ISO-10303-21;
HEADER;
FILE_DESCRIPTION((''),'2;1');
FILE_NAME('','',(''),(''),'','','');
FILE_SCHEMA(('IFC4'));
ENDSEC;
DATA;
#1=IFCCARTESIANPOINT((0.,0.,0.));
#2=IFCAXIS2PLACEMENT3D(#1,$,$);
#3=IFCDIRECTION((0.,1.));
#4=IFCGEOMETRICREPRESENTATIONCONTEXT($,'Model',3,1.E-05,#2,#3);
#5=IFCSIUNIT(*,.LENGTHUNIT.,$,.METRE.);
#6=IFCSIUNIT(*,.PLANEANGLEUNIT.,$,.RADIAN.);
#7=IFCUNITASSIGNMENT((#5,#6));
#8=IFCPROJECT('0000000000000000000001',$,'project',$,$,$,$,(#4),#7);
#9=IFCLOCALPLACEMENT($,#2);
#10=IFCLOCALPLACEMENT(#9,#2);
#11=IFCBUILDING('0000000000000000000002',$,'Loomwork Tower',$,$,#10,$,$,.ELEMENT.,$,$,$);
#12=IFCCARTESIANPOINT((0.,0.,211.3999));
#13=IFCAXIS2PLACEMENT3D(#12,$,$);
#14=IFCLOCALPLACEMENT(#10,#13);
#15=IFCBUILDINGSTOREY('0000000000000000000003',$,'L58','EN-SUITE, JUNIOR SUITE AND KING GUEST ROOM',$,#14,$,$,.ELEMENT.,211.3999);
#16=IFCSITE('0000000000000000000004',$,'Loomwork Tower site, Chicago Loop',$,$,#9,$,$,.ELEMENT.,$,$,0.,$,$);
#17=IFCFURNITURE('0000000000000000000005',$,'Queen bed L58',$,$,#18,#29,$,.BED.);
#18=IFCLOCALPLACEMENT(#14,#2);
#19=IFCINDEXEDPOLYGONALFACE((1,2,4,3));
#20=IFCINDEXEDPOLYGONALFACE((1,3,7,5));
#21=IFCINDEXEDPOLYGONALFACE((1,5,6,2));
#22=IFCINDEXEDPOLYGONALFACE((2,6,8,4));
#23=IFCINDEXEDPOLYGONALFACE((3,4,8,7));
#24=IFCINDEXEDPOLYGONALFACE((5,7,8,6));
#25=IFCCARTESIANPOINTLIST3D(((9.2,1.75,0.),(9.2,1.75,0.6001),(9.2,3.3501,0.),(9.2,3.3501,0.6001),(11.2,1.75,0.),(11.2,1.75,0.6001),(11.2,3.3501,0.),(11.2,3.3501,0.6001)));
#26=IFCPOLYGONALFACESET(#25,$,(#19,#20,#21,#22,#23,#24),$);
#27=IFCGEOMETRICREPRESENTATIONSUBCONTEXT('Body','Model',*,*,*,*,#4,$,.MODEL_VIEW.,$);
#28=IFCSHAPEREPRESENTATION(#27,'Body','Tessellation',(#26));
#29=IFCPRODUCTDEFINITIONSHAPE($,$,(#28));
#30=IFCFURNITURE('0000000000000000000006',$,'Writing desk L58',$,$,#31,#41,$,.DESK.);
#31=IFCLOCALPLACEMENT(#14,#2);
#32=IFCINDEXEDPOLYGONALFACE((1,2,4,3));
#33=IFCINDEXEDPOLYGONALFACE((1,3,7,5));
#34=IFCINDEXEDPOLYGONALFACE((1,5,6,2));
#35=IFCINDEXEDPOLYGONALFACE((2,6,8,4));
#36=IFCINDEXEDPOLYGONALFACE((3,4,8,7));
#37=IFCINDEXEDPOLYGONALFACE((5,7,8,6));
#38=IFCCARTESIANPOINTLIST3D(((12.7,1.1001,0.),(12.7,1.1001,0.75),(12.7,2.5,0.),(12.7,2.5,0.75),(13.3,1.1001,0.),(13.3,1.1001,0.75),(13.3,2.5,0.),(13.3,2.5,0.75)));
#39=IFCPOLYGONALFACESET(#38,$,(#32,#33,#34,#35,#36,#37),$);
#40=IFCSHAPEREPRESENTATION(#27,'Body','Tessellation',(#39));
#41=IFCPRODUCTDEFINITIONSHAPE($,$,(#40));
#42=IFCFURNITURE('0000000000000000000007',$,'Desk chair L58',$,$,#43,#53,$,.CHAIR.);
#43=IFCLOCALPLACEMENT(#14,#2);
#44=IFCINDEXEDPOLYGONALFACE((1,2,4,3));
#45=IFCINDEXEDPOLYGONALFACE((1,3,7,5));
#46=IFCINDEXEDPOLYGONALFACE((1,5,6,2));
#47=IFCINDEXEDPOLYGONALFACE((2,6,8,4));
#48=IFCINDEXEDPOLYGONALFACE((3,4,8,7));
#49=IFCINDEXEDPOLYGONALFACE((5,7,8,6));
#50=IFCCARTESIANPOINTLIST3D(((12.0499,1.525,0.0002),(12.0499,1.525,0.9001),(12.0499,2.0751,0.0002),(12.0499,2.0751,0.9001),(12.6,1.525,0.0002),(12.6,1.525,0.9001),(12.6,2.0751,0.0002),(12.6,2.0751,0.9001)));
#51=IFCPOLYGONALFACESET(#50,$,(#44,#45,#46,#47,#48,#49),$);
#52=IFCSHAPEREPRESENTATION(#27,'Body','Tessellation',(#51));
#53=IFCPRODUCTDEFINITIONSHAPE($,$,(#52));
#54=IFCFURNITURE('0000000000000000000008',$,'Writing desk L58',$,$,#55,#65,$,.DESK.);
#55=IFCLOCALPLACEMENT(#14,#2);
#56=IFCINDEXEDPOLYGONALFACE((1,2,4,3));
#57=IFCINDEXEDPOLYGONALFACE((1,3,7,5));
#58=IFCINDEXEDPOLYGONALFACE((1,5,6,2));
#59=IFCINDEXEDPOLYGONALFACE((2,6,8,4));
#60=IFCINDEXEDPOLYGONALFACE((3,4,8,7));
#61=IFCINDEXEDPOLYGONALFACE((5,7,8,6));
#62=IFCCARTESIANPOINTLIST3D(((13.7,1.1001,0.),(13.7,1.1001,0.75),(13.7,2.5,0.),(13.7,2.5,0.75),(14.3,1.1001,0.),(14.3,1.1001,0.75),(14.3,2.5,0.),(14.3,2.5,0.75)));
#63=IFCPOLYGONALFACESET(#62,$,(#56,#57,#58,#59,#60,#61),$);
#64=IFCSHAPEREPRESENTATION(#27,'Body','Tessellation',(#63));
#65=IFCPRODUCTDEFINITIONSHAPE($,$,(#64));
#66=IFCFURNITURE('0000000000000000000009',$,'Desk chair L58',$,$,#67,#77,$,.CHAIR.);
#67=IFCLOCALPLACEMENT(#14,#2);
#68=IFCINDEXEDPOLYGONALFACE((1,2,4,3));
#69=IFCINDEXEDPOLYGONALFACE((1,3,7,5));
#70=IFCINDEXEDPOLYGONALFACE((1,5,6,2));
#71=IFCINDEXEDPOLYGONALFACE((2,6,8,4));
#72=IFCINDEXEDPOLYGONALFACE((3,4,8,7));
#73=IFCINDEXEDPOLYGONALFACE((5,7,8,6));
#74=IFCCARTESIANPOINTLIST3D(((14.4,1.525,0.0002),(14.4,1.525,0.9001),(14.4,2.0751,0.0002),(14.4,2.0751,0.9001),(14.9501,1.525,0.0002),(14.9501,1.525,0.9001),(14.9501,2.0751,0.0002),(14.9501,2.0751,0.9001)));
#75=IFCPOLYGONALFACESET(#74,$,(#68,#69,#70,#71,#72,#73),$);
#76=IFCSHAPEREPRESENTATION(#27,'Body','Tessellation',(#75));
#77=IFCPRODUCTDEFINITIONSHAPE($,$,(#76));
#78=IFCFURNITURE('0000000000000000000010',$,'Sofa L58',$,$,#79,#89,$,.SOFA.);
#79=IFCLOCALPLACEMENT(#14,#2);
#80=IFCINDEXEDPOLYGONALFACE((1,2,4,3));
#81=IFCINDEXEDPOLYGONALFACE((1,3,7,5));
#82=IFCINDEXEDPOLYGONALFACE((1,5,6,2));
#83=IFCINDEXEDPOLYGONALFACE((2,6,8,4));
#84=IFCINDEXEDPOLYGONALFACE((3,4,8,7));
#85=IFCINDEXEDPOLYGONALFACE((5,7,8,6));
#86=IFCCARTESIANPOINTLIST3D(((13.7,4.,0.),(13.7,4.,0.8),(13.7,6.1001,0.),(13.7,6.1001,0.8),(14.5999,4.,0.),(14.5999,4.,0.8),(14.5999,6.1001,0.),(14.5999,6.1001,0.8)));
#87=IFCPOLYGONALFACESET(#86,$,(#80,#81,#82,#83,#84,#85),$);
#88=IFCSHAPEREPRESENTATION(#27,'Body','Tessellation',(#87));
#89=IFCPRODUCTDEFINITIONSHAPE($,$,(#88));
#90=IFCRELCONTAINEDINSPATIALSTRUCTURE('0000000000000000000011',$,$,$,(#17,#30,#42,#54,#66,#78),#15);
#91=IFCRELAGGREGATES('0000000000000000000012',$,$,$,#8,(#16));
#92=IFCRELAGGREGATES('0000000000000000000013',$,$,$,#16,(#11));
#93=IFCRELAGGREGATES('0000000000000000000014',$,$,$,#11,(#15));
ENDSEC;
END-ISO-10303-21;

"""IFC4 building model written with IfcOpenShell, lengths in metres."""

from ifc_helpers import new_model, si_unit, direction, frame, origin, origin_2d, place, context, subcontext, project, spatial, rectangle, extrude, element, save


model = new_model("IFC4")

# Units and contexts
model_context = context("Model", 3, precision=1e-05, world=origin(), true_north=direction((0.0, 1.0)))
body_context = subcontext(model_context, "Body", "Model", "MODEL_VIEW")
ifc_project = project(units=[si_unit("LENGTHUNIT", "METRE"), si_unit("PLANEANGLEUNIT", "RADIAN")], contexts=[model_context])

# Site, building, storey
site_placement = place(None, origin())
site = spatial("IfcSite", under=ifc_project, at=site_placement, Name="Loomwork Tower site, Chicago Loop", CompositionType="ELEMENT", RefElevation=0.0)
building_placement = place(site_placement, origin())
building = spatial("IfcBuilding", under=site, at=building_placement, Name="Loomwork Tower", CompositionType="ELEMENT")
storey_placement = place(building_placement, frame((0.0, 0.0, 211.3999)))
storey = spatial("IfcBuildingStorey", under=building, at=storey_placement, Name="L58", Description="EN-SUITE, JUNIOR SUITE AND KING GUEST ROOM", CompositionType="ELEMENT", Elevation=211.3999)

# Furniture
for number, where, z_axis, x_axis, name in (
    (1, (10.2, 2.55, 0.0), (0.0, 0.0, 1.0), (1.0, 0.0, 0.0), "Queen bed L58"),
):
    element("IfcFurniture", number, at=place(storey_placement, frame(where, z_axis=z_axis, x_axis=x_axis)), inside=storey, Name=name, PredefinedType="BED", context=body_context, shape_type="SweptSolid", body=[
        extrude(rectangle(XDim=2.0, YDim=1.6001, at=origin_2d()), origin(), (0.0, 0.0, 1.0), 0.6001),
    ])
furniture_1_placement = place(storey_placement, frame((13.0, 1.8, 0.0), z_axis=(0.0, 0.0, 1.0), x_axis=(1.0, 0.0, 0.0)))
element("IfcFurniture", 2, at=furniture_1_placement, inside=storey, Name="Writing desk L58", PredefinedType="DESK", context=body_context, shape_type="SweptSolid", body=[
    extrude(rectangle(XDim=0.6001, YDim=1.3999, at=origin_2d()), origin(), (0.0, 0.0, 1.0), 0.75),
])
furniture_2_placement = place(storey_placement, frame((12.325, 1.8, 0.0002), z_axis=(0.0, 0.0, 1.0), x_axis=(1.0, 0.0, 0.0)))
element("IfcFurniture", 3, at=furniture_2_placement, inside=storey, Name="Desk chair L58", PredefinedType="CHAIR", context=body_context, shape_type="SweptSolid", body=[
    extrude(rectangle(XDim=0.55, YDim=0.55, at=origin_2d()), origin(), (0.0, 0.0, 1.0), 0.8999),
])
furniture_3_placement = place(storey_placement, frame((14.0, 1.8, 0.0), z_axis=(0.0, 0.0, 1.0), x_axis=(1.0, 0.0, 0.0)))
element("IfcFurniture", 4, at=furniture_3_placement, inside=storey, Name="Writing desk L58", PredefinedType="DESK", context=body_context, shape_type="SweptSolid", body=[
    extrude(rectangle(XDim=0.6001, YDim=1.3999, at=origin_2d()), origin(), (0.0, 0.0, 1.0), 0.75),
])
furniture_4_placement = place(storey_placement, frame((14.675, 1.8, 0.0002), z_axis=(0.0, 0.0, 1.0), x_axis=(1.0, 0.0, 0.0)))
element("IfcFurniture", 5, at=furniture_4_placement, inside=storey, Name="Desk chair L58", PredefinedType="CHAIR", context=body_context, shape_type="SweptSolid", body=[
    extrude(rectangle(XDim=0.55, YDim=0.55, at=origin_2d()), origin(), (0.0, 0.0, 1.0), 0.8999),
])
furniture_5_placement = place(storey_placement, frame((14.1499, 5.05, 0.0), z_axis=(0.0, 0.0, 1.0), x_axis=(1.0, 0.0, 0.0)))
element("IfcFurniture", 6, at=furniture_5_placement, inside=storey, Name="Sofa L58", PredefinedType="SOFA", context=body_context, shape_type="SweptSolid", body=[
    extrude(rectangle(XDim=0.8999, YDim=2.1001, at=origin_2d()), origin(), (0.0, 0.0, 1.0), 0.8),
])

save(model, "model.ifc")
